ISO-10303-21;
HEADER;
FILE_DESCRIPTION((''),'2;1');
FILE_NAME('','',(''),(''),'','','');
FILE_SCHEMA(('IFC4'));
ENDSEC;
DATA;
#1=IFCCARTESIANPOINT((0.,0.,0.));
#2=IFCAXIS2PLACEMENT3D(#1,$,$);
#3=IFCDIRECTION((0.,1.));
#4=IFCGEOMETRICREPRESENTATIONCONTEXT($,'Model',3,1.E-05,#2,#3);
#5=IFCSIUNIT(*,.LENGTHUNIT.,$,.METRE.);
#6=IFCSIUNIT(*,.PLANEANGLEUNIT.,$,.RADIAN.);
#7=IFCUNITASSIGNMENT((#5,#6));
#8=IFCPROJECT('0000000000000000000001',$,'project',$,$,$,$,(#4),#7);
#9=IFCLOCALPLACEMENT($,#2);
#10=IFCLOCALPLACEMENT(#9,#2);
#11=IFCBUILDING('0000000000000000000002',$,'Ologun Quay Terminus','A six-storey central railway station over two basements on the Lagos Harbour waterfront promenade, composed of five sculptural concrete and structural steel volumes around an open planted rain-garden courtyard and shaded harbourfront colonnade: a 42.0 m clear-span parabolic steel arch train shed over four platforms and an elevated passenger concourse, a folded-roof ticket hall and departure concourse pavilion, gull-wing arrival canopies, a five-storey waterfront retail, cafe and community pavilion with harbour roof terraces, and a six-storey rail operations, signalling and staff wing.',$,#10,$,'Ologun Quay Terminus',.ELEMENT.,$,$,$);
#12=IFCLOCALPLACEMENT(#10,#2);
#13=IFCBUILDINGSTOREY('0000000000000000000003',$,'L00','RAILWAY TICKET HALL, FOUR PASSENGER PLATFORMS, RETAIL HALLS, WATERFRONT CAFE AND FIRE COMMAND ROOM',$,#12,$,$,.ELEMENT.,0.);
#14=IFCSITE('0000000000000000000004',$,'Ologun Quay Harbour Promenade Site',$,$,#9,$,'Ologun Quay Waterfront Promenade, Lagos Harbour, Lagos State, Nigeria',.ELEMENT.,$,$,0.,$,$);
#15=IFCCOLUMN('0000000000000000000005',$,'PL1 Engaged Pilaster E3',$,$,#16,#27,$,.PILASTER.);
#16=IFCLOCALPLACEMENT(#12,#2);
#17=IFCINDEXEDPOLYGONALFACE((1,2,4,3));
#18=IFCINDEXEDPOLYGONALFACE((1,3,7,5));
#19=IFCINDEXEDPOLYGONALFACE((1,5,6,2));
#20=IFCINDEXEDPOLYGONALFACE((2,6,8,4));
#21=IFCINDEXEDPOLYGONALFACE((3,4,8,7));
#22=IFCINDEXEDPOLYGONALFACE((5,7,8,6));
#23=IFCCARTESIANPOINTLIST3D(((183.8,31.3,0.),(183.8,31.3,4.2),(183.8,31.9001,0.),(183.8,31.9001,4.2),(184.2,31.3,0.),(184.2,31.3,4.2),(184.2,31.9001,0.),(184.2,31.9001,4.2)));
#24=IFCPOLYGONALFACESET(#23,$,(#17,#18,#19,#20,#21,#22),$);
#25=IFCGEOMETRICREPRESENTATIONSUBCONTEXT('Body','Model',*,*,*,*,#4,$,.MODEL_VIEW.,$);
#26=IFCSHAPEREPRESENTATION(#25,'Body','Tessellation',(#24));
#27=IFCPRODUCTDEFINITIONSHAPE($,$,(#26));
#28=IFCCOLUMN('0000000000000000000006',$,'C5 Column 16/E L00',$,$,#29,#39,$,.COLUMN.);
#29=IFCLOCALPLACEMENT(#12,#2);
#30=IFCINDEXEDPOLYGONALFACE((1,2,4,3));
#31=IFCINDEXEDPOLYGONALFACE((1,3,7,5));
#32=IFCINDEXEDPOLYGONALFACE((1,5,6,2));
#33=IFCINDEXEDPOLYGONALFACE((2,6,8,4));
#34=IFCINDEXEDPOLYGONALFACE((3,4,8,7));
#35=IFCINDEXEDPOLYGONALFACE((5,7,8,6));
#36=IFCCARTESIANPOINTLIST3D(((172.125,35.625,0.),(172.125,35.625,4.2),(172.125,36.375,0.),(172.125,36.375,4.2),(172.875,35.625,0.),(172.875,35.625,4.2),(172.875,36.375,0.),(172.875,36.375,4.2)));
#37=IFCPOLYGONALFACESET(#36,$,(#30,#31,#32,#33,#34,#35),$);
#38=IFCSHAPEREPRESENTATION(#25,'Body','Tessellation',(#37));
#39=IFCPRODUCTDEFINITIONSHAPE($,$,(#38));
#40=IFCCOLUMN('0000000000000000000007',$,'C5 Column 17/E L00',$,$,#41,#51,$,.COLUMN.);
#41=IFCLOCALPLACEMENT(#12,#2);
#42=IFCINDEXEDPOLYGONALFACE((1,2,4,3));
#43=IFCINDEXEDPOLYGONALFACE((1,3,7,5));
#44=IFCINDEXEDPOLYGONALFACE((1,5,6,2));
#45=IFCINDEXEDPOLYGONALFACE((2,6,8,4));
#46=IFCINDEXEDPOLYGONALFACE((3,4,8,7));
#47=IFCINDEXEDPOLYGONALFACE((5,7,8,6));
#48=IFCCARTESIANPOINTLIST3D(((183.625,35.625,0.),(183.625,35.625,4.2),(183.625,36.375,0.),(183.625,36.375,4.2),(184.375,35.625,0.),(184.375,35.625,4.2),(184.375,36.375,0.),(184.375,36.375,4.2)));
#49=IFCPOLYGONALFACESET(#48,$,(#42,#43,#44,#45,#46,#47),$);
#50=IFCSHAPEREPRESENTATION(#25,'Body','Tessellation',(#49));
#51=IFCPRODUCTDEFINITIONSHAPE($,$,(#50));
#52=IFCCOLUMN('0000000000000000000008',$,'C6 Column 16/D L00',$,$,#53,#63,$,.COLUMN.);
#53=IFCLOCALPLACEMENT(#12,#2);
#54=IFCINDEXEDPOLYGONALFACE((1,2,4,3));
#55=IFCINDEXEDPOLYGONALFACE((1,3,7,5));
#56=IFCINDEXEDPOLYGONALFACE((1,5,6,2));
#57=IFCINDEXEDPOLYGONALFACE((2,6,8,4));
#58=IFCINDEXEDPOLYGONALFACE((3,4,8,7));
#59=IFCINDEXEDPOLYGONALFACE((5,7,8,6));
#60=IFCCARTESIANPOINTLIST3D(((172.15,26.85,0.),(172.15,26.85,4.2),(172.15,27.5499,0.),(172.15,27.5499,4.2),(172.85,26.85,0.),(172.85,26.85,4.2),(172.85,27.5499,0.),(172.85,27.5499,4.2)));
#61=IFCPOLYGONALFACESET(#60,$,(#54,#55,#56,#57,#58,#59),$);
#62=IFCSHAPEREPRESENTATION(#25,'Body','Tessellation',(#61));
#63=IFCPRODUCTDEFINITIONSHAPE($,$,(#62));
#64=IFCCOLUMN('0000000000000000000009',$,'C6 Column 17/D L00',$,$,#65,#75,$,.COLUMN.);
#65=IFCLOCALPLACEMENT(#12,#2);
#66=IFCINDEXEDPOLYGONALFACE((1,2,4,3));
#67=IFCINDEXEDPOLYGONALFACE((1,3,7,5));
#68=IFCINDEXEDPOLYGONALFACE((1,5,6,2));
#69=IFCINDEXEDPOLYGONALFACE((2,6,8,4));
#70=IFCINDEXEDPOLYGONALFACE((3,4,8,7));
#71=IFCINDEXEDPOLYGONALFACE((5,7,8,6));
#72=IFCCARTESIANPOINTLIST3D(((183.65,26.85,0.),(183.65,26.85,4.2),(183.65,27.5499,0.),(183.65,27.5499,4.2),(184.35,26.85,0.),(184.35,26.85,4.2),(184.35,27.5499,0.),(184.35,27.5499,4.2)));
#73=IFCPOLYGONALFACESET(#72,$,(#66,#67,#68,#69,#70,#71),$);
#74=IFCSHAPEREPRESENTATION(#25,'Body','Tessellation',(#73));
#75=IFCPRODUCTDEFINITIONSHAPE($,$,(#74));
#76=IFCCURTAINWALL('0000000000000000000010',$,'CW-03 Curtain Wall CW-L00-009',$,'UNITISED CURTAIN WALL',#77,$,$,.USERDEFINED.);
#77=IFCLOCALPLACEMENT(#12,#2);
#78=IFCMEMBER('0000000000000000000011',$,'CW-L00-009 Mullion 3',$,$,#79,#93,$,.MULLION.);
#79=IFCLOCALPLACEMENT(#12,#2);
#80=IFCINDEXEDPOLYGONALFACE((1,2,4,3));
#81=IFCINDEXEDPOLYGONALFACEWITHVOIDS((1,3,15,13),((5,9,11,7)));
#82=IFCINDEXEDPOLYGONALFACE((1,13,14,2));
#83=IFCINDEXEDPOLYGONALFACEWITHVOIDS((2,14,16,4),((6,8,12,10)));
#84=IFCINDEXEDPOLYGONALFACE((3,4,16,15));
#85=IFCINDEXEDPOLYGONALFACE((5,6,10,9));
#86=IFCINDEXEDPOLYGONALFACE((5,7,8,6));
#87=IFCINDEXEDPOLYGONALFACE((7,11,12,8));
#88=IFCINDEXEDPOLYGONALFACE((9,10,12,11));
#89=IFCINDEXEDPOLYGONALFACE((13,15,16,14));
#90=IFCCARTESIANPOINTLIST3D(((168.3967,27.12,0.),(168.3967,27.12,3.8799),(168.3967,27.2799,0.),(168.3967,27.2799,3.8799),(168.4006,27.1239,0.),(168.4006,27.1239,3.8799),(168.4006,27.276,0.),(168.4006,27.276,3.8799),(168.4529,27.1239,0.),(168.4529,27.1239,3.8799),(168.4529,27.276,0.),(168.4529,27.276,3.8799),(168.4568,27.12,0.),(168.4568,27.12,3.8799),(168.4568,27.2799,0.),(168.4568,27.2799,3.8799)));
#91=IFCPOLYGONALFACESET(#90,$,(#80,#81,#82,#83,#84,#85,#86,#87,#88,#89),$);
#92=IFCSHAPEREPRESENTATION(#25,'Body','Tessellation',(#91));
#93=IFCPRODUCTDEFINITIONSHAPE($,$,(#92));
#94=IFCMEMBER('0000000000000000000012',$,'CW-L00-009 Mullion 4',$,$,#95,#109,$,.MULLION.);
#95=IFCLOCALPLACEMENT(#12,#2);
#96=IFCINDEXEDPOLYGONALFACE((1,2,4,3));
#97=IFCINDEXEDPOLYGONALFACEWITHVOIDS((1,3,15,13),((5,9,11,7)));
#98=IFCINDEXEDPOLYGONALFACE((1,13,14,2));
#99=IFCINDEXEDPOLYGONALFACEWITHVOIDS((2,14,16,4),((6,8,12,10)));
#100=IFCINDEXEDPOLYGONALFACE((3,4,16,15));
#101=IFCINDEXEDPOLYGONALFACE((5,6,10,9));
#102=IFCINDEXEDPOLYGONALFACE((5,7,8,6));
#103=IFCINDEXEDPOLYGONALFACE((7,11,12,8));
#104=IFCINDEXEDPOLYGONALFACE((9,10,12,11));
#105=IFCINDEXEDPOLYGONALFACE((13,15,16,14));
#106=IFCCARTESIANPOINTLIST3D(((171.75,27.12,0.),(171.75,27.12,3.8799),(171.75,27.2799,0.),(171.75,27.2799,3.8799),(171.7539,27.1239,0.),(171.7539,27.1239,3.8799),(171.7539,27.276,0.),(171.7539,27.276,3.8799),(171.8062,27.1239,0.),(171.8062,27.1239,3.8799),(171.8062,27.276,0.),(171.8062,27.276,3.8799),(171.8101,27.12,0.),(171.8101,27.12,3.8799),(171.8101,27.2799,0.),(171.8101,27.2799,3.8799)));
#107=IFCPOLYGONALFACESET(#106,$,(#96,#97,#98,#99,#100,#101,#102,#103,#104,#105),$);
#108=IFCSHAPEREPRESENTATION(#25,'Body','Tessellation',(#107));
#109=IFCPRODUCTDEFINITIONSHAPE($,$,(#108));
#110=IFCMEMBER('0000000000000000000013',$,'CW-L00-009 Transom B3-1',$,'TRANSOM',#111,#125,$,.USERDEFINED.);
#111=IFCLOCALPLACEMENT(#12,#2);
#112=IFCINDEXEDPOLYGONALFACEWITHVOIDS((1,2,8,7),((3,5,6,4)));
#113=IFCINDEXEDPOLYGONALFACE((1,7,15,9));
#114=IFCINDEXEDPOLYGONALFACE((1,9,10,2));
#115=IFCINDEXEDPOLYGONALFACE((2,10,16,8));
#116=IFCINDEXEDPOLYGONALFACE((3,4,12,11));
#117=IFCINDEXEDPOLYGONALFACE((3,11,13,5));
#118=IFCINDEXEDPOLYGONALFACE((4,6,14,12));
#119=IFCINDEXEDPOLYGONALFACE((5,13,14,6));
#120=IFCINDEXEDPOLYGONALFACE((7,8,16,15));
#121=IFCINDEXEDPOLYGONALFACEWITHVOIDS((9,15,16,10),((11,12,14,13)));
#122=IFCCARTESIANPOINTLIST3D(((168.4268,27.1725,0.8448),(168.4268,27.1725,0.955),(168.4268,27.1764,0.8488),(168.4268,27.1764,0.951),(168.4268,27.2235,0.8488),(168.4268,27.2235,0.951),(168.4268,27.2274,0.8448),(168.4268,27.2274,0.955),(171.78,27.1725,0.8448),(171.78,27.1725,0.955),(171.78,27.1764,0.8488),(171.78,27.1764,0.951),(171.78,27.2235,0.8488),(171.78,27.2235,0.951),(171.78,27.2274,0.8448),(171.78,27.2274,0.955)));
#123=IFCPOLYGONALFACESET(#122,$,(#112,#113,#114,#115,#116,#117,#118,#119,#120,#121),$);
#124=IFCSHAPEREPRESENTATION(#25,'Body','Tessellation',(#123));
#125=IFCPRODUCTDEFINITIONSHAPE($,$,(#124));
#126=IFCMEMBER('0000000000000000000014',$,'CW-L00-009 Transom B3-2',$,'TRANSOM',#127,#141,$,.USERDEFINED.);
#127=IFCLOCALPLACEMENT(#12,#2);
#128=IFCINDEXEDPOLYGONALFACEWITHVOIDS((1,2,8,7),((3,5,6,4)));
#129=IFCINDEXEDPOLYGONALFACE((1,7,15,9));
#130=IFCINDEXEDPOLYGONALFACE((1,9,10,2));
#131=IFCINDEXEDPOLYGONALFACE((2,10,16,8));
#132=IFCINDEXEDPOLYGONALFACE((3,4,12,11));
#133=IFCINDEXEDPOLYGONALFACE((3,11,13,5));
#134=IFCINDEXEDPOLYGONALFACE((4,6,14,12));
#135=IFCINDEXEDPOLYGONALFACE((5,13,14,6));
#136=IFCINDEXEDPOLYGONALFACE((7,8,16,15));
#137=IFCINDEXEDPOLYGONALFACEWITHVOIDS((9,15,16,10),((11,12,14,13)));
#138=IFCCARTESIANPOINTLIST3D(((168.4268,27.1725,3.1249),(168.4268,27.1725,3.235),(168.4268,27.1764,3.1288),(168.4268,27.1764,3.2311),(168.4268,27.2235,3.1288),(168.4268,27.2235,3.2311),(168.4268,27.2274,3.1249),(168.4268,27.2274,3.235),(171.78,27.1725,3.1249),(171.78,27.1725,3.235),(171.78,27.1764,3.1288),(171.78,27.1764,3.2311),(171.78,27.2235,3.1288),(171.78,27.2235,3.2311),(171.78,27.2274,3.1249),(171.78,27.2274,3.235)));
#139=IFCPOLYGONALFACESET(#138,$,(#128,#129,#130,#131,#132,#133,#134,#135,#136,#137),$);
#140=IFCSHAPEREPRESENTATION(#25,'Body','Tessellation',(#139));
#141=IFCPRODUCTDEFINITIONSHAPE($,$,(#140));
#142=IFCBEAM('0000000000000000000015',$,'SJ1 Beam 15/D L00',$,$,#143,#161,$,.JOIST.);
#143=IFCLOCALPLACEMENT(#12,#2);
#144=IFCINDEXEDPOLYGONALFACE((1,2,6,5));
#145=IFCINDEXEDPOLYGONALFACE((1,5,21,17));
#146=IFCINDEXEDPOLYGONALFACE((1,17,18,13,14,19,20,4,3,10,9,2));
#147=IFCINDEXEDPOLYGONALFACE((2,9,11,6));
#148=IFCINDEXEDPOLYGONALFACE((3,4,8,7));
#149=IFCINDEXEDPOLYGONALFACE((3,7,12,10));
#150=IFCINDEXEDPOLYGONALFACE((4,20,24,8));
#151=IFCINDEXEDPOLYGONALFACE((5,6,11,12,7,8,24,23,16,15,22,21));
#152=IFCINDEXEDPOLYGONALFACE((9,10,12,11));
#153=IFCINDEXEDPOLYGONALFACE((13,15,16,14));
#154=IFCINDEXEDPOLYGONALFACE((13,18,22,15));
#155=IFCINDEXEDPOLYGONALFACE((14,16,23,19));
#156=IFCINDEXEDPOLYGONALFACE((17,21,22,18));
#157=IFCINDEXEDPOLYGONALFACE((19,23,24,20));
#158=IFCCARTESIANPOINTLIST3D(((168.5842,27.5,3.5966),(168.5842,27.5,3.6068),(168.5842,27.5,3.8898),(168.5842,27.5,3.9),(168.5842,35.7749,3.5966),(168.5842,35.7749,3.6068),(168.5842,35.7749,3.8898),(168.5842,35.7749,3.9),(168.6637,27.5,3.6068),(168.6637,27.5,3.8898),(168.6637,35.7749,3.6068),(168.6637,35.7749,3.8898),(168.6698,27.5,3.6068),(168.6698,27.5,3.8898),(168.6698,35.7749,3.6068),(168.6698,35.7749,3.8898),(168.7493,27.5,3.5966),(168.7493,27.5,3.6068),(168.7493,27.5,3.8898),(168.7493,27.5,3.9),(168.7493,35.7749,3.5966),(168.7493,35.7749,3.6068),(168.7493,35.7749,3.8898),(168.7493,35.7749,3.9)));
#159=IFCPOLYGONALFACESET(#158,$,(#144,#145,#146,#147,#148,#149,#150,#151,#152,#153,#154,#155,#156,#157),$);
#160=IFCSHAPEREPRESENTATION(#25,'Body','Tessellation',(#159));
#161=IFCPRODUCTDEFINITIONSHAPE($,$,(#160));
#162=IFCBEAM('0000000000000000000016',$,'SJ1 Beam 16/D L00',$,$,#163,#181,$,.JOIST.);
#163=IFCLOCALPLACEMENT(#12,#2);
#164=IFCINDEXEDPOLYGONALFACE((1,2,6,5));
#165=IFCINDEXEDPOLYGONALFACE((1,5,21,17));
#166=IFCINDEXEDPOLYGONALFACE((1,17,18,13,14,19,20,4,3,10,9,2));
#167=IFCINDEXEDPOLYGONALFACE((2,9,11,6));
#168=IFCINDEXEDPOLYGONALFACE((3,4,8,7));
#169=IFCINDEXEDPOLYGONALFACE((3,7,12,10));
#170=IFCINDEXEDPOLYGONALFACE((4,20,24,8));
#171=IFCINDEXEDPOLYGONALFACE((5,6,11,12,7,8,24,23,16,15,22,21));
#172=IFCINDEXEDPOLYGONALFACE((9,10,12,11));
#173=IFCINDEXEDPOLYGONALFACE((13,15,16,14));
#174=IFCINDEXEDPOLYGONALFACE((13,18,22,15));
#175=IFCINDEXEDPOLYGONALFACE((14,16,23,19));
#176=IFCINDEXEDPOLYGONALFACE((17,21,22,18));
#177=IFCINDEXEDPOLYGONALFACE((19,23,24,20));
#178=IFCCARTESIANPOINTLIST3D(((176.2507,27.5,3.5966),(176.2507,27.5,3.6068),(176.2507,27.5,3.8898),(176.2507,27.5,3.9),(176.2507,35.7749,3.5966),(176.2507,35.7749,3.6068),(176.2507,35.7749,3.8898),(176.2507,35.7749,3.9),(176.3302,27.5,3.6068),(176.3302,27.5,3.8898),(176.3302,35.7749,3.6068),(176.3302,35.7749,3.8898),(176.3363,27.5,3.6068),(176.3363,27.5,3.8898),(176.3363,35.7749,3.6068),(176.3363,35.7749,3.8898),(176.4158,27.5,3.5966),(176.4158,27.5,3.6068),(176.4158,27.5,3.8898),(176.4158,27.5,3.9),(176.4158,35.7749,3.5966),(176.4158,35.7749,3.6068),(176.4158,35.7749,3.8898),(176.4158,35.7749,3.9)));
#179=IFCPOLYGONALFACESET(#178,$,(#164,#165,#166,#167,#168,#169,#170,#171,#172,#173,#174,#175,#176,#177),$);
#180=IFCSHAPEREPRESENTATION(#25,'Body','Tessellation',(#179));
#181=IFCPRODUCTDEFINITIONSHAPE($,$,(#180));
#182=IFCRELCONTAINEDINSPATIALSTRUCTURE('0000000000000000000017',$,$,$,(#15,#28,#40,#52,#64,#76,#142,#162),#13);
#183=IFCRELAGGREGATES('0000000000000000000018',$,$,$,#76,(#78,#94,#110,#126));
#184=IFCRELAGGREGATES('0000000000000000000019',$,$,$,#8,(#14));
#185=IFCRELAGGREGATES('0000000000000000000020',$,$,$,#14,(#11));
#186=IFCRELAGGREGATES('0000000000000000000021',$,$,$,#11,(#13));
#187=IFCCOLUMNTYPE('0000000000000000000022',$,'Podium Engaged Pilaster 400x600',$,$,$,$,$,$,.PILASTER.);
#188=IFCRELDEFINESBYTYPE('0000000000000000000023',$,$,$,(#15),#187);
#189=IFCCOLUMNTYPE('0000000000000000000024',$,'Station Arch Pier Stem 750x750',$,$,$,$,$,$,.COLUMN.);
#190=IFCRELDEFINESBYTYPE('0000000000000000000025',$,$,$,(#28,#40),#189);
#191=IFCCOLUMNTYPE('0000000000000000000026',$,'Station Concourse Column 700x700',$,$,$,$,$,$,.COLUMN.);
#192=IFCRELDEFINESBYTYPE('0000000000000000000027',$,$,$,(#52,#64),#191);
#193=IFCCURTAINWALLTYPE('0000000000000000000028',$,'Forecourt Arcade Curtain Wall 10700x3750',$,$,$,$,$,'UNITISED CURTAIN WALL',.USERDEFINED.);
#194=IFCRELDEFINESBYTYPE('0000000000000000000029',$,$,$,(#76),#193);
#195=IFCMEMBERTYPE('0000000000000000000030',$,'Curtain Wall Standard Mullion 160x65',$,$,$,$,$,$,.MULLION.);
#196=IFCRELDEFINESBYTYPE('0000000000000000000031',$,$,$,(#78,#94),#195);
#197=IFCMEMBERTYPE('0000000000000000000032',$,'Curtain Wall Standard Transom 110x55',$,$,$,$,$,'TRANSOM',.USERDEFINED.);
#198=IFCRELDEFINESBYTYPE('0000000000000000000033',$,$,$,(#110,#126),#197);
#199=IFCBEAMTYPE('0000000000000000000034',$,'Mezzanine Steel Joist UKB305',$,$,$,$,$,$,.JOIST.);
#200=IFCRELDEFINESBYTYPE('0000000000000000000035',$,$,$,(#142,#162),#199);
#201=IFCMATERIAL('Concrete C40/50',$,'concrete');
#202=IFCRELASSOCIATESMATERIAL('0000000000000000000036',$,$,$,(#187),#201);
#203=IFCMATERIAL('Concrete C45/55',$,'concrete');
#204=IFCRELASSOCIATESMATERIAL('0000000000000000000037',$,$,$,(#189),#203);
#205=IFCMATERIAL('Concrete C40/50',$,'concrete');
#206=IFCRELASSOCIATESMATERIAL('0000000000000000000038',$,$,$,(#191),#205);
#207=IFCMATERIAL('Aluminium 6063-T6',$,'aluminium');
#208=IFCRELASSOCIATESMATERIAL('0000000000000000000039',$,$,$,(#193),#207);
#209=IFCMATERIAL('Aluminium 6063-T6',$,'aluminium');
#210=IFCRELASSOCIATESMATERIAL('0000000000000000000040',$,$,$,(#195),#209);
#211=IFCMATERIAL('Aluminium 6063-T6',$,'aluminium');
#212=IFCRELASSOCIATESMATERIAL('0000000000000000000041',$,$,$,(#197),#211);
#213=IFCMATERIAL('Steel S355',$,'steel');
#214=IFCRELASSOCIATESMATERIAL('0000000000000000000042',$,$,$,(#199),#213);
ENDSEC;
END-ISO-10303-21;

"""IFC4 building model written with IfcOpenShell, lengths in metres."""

from ifc_helpers import new_model, si_unit, direction, frame, origin, origin_2d, place, context, subcontext, project, spatial, rectangle, hollow_rectangle, i_section, extrude, material, material_profile, profile_set, type_object, element, aggregate, save


model = new_model("IFC4")

# Units and contexts
model_context = context("Model", 3, precision=1e-05, world=origin(), true_north=direction((0.0, 1.0)))
body_context = subcontext(model_context, "Body", "Model", "MODEL_VIEW")
ifc_project = project(units=[si_unit("LENGTHUNIT", "METRE"), si_unit("PLANEANGLEUNIT", "RADIAN")], contexts=[model_context])

# Site, building, storey
site_placement = place(None, origin())
site = spatial("IfcSite", under=ifc_project, at=site_placement, Name="Ologun Quay Harbour Promenade Site", LongName="Ologun Quay Waterfront Promenade, Lagos Harbour, Lagos State, Nigeria", CompositionType="ELEMENT", RefElevation=0.0)
building_placement = place(site_placement, origin())
building = spatial("IfcBuilding", under=site, at=building_placement, Name="Ologun Quay Terminus", Description="A six-storey central railway station over two basements on the Lagos Harbour waterfront promenade, composed of five sculptural concrete and structural steel volumes around an open planted rain-garden courtyard and shaded harbourfront colonnade: a 42.0 m clear-span parabolic steel arch train shed over four platforms and an elevated passenger concourse, a folded-roof ticket hall and departure concourse pavilion, gull-wing arrival canopies, a five-storey waterfront retail, cafe and community pavilion with harbour roof terraces, and a six-storey rail operations, signalling and staff wing.", LongName="Ologun Quay Terminus", CompositionType="ELEMENT")
storey_placement = place(building_placement, origin())
storey = spatial("IfcBuildingStorey", under=building, at=storey_placement, Name="L00", Description="RAILWAY TICKET HALL, FOUR PASSENGER PLATFORMS, RETAIL HALLS, WATERFRONT CAFE AND FIRE COMMAND ROOM", CompositionType="ELEMENT", Elevation=0.0)

# Columns
ifc_material_1 = material(Name="Concrete C40/50", Category="concrete")
ifc_material_profile_1 = material_profile(ifc_material_1, rectangle(XDim=0.3999, YDim=0.6001, at=origin_2d()), Name="RC 400x600")
ifc_profile_set_1 = profile_set([ifc_material_profile_1], Name="Concrete C40/50")
column_type_1 = type_object("IfcColumnType", Name="Podium Engaged Pilaster 400x600", PredefinedType="PILASTER", material=ifc_profile_set_1)
column_placement = place(storey_placement, frame((184.0, 31.6001, 0.0), z_axis=(0.0, 0.0, 1.0), x_axis=(1.0, 0.0, 0.0)))
element("IfcColumn", 1, at=column_placement, inside=storey, type_object=column_type_1, Name="PL1 Engaged Pilaster E3", PredefinedType="PILASTER", context=body_context, shape_type="SweptSolid", body=[
    extrude(rectangle(XDim=0.3999, YDim=0.6001, at=origin_2d()), origin(), (0.0, 0.0, 1.0), 4.2),
])
ifc_material_2 = material(Name="Concrete C45/55", Category="concrete")
ifc_material_profile_2 = material_profile(ifc_material_2, rectangle(XDim=0.75, YDim=0.75, at=origin_2d()), Name="RC 750x750")
ifc_profile_set_2 = profile_set([ifc_material_profile_2], Name="Concrete C45/55")
column_type_2 = type_object("IfcColumnType", Name="Station Arch Pier Stem 750x750", PredefinedType="COLUMN", material=ifc_profile_set_2)
for number, where, z_axis, x_axis, name in (
    (2, (172.5, 36.0, 0.0), (0.0, 0.0, 1.0), (1.0, 0.0, 0.0), "C5 Column 16/E L00"),
    (3, (184.0, 36.0, 0.0), (0.0, 0.0, 1.0), (1.0, 0.0, 0.0), "C5 Column 17/E L00"),
):
    element("IfcColumn", number, at=place(storey_placement, frame(where, z_axis=z_axis, x_axis=x_axis)), inside=storey, type_object=column_type_2, Name=name, PredefinedType="COLUMN", context=body_context, shape_type="SweptSolid", body=[
        extrude(rectangle(XDim=0.75, YDim=0.75, at=origin_2d()), origin(), (0.0, 0.0, 1.0), 4.2),
    ])
ifc_material_3 = material(Name="Concrete C40/50", Category="concrete")
ifc_material_profile_3 = material_profile(ifc_material_3, rectangle(XDim=0.7, YDim=0.7, at=origin_2d()), Name="RC 700x700")
ifc_profile_set_3 = profile_set([ifc_material_profile_3], Name="Concrete C40/50")
column_type_3 = type_object("IfcColumnType", Name="Station Concourse Column 700x700", PredefinedType="COLUMN", material=ifc_profile_set_3)
for number, where, z_axis, x_axis, name in (
    (4, (172.5, 27.2, 0.0), (0.0, 0.0, 1.0), (1.0, 0.0, 0.0), "C6 Column 16/D L00"),
    (5, (184.0, 27.2, 0.0), (0.0, 0.0, 1.0), (1.0, 0.0, 0.0), "C6 Column 17/D L00"),
):
    element("IfcColumn", number, at=place(storey_placement, frame(where, z_axis=z_axis, x_axis=x_axis)), inside=storey, type_object=column_type_3, Name=name, PredefinedType="COLUMN", context=body_context, shape_type="SweptSolid", body=[
        extrude(rectangle(XDim=0.7, YDim=0.7, at=origin_2d()), origin(), (0.0, 0.0, 1.0), 4.2),
    ])

# Curtain wall, members
ifc_material_4 = material(Name="Aluminium 6063-T6", Category="aluminium")
curtain_wall_type = type_object("IfcCurtainWallType", Name="Forecourt Arcade Curtain Wall 10700x3750", ElementType="UNITISED CURTAIN WALL", PredefinedType="USERDEFINED", material=ifc_material_4)
curtain_wall_placement = place(storey_placement, origin())
curtain_wall = element("IfcCurtainWall", 6, at=curtain_wall_placement, inside=storey, type_object=curtain_wall_type, Name="CW-03 Curtain Wall CW-L00-009", ObjectType="UNITISED CURTAIN WALL", PredefinedType="USERDEFINED")
ifc_material_5 = material(Name="Aluminium 6063-T6", Category="aluminium")
ifc_material_profile_4 = material_profile(ifc_material_5, hollow_rectangle(XDim=0.0601, YDim=0.1599, WallThickness=0.0039, at=origin_2d()), Name="ALU 160x60x4")
ifc_profile_set_4 = profile_set([ifc_material_profile_4], Name="Aluminium 6063-T6")
member_type_1 = type_object("IfcMemberType", Name="Curtain Wall Standard Mullion 160x65", PredefinedType="MULLION", material=ifc_profile_set_4)
member_1_placement = place(storey_placement, frame((168.4268, 27.2, 0.0), z_axis=(0.0, 0.0, 1.0), x_axis=(1.0, 0.0, 0.0)))
member_1 = element("IfcMember", 7, at=member_1_placement, type_object=member_type_1, Name="CW-L00-009 Mullion 3", PredefinedType="MULLION", context=body_context, shape_type="SweptSolid", body=[
    extrude(hollow_rectangle(XDim=0.0601, YDim=0.1599, WallThickness=0.0039, at=origin_2d()), origin(), (0.0, 0.0, 1.0), 3.8799),
])
member_2_placement = place(storey_placement, frame((171.78, 27.2, 0.0), z_axis=(0.0, 0.0, 1.0), x_axis=(1.0, 0.0, 0.0)))
member_2 = element("IfcMember", 8, at=member_2_placement, type_object=member_type_1, Name="CW-L00-009 Mullion 4", PredefinedType="MULLION", context=body_context, shape_type="SweptSolid", body=[
    extrude(hollow_rectangle(XDim=0.0601, YDim=0.1599, WallThickness=0.0039, at=origin_2d()), origin(), (0.0, 0.0, 1.0), 3.8799),
])
ifc_material_6 = material(Name="Aluminium 6063-T6", Category="aluminium")
ifc_material_profile_5 = material_profile(ifc_material_6, hollow_rectangle(XDim=0.0549, YDim=0.1101, WallThickness=0.0039, at=origin_2d()), Name="ALU 110x55x4")
ifc_profile_set_5 = profile_set([ifc_material_profile_5], Name="Aluminium 6063-T6")
member_type_2 = type_object("IfcMemberType", Name="Curtain Wall Standard Transom 110x55", ElementType="TRANSOM", PredefinedType="USERDEFINED", material=ifc_profile_set_5)
member_3_placement = place(storey_placement, frame((168.4268, 27.2, 0.8999), z_axis=(1.0, 0.0, 0.0), x_axis=(0.0, 1.0, 0.0)))
member_3 = element("IfcMember", 9, at=member_3_placement, type_object=member_type_2, Name="CW-L00-009 Transom B3-1", ObjectType="TRANSOM", PredefinedType="USERDEFINED", context=body_context, shape_type="SweptSolid", body=[
    extrude(hollow_rectangle(XDim=0.0549, YDim=0.1101, WallThickness=0.0039, at=origin_2d()), origin(), (0.0, 0.0, 1.0), 3.3533),
])
member_4_placement = place(storey_placement, frame((168.4268, 27.2, 3.1799), z_axis=(1.0, 0.0, 0.0), x_axis=(0.0, 1.0, 0.0)))
member_4 = element("IfcMember", 10, at=member_4_placement, type_object=member_type_2, Name="CW-L00-009 Transom B3-2", ObjectType="TRANSOM", PredefinedType="USERDEFINED", context=body_context, shape_type="SweptSolid", body=[
    extrude(hollow_rectangle(XDim=0.0549, YDim=0.1101, WallThickness=0.0039, at=origin_2d()), origin(), (0.0, 0.0, 1.0), 3.3533),
])

# Beams
ifc_material_7 = material(Name="Steel S355", Category="steel")
ifc_material_profile_6 = material_profile(ifc_material_7, i_section(OverallWidth=0.165, OverallDepth=0.3035, WebThickness=0.0061, FlangeThickness=0.0103, at=origin_2d()), Name="UKB 305x165x40")
ifc_profile_set_6 = profile_set([ifc_material_profile_6], Name="Steel S355")
beam_type_1 = type_object("IfcBeamType", Name="Mezzanine Steel Joist UKB305", PredefinedType="JOIST", material=ifc_profile_set_6)
for number, where, z_axis, x_axis, name in (
    (11, (168.6667, 27.5, 3.7483), (0.0, 1.0, 0.0), (-1.0, 0.0, 0.0), "SJ1 Beam 15/D L00"),
    (12, (176.3333, 27.5, 3.7483), (0.0, 1.0, 0.0), (-1.0, 0.0, 0.0), "SJ1 Beam 16/D L00"),
):
    element("IfcBeam", number, at=place(storey_placement, frame(where, z_axis=z_axis, x_axis=x_axis)), inside=storey, type_object=beam_type_1, Name=name, PredefinedType="JOIST", context=body_context, shape_type="SweptSolid", body=[
        extrude(i_section(OverallWidth=0.165, OverallDepth=0.3035, WebThickness=0.0061, FlangeThickness=0.0103, at=origin_2d()), origin(), (0.0, 0.0, 1.0), 8.2749),
    ])

aggregate(curtain_wall, [member_1, member_2, member_3, member_4])

save(model, "model.ifc")
